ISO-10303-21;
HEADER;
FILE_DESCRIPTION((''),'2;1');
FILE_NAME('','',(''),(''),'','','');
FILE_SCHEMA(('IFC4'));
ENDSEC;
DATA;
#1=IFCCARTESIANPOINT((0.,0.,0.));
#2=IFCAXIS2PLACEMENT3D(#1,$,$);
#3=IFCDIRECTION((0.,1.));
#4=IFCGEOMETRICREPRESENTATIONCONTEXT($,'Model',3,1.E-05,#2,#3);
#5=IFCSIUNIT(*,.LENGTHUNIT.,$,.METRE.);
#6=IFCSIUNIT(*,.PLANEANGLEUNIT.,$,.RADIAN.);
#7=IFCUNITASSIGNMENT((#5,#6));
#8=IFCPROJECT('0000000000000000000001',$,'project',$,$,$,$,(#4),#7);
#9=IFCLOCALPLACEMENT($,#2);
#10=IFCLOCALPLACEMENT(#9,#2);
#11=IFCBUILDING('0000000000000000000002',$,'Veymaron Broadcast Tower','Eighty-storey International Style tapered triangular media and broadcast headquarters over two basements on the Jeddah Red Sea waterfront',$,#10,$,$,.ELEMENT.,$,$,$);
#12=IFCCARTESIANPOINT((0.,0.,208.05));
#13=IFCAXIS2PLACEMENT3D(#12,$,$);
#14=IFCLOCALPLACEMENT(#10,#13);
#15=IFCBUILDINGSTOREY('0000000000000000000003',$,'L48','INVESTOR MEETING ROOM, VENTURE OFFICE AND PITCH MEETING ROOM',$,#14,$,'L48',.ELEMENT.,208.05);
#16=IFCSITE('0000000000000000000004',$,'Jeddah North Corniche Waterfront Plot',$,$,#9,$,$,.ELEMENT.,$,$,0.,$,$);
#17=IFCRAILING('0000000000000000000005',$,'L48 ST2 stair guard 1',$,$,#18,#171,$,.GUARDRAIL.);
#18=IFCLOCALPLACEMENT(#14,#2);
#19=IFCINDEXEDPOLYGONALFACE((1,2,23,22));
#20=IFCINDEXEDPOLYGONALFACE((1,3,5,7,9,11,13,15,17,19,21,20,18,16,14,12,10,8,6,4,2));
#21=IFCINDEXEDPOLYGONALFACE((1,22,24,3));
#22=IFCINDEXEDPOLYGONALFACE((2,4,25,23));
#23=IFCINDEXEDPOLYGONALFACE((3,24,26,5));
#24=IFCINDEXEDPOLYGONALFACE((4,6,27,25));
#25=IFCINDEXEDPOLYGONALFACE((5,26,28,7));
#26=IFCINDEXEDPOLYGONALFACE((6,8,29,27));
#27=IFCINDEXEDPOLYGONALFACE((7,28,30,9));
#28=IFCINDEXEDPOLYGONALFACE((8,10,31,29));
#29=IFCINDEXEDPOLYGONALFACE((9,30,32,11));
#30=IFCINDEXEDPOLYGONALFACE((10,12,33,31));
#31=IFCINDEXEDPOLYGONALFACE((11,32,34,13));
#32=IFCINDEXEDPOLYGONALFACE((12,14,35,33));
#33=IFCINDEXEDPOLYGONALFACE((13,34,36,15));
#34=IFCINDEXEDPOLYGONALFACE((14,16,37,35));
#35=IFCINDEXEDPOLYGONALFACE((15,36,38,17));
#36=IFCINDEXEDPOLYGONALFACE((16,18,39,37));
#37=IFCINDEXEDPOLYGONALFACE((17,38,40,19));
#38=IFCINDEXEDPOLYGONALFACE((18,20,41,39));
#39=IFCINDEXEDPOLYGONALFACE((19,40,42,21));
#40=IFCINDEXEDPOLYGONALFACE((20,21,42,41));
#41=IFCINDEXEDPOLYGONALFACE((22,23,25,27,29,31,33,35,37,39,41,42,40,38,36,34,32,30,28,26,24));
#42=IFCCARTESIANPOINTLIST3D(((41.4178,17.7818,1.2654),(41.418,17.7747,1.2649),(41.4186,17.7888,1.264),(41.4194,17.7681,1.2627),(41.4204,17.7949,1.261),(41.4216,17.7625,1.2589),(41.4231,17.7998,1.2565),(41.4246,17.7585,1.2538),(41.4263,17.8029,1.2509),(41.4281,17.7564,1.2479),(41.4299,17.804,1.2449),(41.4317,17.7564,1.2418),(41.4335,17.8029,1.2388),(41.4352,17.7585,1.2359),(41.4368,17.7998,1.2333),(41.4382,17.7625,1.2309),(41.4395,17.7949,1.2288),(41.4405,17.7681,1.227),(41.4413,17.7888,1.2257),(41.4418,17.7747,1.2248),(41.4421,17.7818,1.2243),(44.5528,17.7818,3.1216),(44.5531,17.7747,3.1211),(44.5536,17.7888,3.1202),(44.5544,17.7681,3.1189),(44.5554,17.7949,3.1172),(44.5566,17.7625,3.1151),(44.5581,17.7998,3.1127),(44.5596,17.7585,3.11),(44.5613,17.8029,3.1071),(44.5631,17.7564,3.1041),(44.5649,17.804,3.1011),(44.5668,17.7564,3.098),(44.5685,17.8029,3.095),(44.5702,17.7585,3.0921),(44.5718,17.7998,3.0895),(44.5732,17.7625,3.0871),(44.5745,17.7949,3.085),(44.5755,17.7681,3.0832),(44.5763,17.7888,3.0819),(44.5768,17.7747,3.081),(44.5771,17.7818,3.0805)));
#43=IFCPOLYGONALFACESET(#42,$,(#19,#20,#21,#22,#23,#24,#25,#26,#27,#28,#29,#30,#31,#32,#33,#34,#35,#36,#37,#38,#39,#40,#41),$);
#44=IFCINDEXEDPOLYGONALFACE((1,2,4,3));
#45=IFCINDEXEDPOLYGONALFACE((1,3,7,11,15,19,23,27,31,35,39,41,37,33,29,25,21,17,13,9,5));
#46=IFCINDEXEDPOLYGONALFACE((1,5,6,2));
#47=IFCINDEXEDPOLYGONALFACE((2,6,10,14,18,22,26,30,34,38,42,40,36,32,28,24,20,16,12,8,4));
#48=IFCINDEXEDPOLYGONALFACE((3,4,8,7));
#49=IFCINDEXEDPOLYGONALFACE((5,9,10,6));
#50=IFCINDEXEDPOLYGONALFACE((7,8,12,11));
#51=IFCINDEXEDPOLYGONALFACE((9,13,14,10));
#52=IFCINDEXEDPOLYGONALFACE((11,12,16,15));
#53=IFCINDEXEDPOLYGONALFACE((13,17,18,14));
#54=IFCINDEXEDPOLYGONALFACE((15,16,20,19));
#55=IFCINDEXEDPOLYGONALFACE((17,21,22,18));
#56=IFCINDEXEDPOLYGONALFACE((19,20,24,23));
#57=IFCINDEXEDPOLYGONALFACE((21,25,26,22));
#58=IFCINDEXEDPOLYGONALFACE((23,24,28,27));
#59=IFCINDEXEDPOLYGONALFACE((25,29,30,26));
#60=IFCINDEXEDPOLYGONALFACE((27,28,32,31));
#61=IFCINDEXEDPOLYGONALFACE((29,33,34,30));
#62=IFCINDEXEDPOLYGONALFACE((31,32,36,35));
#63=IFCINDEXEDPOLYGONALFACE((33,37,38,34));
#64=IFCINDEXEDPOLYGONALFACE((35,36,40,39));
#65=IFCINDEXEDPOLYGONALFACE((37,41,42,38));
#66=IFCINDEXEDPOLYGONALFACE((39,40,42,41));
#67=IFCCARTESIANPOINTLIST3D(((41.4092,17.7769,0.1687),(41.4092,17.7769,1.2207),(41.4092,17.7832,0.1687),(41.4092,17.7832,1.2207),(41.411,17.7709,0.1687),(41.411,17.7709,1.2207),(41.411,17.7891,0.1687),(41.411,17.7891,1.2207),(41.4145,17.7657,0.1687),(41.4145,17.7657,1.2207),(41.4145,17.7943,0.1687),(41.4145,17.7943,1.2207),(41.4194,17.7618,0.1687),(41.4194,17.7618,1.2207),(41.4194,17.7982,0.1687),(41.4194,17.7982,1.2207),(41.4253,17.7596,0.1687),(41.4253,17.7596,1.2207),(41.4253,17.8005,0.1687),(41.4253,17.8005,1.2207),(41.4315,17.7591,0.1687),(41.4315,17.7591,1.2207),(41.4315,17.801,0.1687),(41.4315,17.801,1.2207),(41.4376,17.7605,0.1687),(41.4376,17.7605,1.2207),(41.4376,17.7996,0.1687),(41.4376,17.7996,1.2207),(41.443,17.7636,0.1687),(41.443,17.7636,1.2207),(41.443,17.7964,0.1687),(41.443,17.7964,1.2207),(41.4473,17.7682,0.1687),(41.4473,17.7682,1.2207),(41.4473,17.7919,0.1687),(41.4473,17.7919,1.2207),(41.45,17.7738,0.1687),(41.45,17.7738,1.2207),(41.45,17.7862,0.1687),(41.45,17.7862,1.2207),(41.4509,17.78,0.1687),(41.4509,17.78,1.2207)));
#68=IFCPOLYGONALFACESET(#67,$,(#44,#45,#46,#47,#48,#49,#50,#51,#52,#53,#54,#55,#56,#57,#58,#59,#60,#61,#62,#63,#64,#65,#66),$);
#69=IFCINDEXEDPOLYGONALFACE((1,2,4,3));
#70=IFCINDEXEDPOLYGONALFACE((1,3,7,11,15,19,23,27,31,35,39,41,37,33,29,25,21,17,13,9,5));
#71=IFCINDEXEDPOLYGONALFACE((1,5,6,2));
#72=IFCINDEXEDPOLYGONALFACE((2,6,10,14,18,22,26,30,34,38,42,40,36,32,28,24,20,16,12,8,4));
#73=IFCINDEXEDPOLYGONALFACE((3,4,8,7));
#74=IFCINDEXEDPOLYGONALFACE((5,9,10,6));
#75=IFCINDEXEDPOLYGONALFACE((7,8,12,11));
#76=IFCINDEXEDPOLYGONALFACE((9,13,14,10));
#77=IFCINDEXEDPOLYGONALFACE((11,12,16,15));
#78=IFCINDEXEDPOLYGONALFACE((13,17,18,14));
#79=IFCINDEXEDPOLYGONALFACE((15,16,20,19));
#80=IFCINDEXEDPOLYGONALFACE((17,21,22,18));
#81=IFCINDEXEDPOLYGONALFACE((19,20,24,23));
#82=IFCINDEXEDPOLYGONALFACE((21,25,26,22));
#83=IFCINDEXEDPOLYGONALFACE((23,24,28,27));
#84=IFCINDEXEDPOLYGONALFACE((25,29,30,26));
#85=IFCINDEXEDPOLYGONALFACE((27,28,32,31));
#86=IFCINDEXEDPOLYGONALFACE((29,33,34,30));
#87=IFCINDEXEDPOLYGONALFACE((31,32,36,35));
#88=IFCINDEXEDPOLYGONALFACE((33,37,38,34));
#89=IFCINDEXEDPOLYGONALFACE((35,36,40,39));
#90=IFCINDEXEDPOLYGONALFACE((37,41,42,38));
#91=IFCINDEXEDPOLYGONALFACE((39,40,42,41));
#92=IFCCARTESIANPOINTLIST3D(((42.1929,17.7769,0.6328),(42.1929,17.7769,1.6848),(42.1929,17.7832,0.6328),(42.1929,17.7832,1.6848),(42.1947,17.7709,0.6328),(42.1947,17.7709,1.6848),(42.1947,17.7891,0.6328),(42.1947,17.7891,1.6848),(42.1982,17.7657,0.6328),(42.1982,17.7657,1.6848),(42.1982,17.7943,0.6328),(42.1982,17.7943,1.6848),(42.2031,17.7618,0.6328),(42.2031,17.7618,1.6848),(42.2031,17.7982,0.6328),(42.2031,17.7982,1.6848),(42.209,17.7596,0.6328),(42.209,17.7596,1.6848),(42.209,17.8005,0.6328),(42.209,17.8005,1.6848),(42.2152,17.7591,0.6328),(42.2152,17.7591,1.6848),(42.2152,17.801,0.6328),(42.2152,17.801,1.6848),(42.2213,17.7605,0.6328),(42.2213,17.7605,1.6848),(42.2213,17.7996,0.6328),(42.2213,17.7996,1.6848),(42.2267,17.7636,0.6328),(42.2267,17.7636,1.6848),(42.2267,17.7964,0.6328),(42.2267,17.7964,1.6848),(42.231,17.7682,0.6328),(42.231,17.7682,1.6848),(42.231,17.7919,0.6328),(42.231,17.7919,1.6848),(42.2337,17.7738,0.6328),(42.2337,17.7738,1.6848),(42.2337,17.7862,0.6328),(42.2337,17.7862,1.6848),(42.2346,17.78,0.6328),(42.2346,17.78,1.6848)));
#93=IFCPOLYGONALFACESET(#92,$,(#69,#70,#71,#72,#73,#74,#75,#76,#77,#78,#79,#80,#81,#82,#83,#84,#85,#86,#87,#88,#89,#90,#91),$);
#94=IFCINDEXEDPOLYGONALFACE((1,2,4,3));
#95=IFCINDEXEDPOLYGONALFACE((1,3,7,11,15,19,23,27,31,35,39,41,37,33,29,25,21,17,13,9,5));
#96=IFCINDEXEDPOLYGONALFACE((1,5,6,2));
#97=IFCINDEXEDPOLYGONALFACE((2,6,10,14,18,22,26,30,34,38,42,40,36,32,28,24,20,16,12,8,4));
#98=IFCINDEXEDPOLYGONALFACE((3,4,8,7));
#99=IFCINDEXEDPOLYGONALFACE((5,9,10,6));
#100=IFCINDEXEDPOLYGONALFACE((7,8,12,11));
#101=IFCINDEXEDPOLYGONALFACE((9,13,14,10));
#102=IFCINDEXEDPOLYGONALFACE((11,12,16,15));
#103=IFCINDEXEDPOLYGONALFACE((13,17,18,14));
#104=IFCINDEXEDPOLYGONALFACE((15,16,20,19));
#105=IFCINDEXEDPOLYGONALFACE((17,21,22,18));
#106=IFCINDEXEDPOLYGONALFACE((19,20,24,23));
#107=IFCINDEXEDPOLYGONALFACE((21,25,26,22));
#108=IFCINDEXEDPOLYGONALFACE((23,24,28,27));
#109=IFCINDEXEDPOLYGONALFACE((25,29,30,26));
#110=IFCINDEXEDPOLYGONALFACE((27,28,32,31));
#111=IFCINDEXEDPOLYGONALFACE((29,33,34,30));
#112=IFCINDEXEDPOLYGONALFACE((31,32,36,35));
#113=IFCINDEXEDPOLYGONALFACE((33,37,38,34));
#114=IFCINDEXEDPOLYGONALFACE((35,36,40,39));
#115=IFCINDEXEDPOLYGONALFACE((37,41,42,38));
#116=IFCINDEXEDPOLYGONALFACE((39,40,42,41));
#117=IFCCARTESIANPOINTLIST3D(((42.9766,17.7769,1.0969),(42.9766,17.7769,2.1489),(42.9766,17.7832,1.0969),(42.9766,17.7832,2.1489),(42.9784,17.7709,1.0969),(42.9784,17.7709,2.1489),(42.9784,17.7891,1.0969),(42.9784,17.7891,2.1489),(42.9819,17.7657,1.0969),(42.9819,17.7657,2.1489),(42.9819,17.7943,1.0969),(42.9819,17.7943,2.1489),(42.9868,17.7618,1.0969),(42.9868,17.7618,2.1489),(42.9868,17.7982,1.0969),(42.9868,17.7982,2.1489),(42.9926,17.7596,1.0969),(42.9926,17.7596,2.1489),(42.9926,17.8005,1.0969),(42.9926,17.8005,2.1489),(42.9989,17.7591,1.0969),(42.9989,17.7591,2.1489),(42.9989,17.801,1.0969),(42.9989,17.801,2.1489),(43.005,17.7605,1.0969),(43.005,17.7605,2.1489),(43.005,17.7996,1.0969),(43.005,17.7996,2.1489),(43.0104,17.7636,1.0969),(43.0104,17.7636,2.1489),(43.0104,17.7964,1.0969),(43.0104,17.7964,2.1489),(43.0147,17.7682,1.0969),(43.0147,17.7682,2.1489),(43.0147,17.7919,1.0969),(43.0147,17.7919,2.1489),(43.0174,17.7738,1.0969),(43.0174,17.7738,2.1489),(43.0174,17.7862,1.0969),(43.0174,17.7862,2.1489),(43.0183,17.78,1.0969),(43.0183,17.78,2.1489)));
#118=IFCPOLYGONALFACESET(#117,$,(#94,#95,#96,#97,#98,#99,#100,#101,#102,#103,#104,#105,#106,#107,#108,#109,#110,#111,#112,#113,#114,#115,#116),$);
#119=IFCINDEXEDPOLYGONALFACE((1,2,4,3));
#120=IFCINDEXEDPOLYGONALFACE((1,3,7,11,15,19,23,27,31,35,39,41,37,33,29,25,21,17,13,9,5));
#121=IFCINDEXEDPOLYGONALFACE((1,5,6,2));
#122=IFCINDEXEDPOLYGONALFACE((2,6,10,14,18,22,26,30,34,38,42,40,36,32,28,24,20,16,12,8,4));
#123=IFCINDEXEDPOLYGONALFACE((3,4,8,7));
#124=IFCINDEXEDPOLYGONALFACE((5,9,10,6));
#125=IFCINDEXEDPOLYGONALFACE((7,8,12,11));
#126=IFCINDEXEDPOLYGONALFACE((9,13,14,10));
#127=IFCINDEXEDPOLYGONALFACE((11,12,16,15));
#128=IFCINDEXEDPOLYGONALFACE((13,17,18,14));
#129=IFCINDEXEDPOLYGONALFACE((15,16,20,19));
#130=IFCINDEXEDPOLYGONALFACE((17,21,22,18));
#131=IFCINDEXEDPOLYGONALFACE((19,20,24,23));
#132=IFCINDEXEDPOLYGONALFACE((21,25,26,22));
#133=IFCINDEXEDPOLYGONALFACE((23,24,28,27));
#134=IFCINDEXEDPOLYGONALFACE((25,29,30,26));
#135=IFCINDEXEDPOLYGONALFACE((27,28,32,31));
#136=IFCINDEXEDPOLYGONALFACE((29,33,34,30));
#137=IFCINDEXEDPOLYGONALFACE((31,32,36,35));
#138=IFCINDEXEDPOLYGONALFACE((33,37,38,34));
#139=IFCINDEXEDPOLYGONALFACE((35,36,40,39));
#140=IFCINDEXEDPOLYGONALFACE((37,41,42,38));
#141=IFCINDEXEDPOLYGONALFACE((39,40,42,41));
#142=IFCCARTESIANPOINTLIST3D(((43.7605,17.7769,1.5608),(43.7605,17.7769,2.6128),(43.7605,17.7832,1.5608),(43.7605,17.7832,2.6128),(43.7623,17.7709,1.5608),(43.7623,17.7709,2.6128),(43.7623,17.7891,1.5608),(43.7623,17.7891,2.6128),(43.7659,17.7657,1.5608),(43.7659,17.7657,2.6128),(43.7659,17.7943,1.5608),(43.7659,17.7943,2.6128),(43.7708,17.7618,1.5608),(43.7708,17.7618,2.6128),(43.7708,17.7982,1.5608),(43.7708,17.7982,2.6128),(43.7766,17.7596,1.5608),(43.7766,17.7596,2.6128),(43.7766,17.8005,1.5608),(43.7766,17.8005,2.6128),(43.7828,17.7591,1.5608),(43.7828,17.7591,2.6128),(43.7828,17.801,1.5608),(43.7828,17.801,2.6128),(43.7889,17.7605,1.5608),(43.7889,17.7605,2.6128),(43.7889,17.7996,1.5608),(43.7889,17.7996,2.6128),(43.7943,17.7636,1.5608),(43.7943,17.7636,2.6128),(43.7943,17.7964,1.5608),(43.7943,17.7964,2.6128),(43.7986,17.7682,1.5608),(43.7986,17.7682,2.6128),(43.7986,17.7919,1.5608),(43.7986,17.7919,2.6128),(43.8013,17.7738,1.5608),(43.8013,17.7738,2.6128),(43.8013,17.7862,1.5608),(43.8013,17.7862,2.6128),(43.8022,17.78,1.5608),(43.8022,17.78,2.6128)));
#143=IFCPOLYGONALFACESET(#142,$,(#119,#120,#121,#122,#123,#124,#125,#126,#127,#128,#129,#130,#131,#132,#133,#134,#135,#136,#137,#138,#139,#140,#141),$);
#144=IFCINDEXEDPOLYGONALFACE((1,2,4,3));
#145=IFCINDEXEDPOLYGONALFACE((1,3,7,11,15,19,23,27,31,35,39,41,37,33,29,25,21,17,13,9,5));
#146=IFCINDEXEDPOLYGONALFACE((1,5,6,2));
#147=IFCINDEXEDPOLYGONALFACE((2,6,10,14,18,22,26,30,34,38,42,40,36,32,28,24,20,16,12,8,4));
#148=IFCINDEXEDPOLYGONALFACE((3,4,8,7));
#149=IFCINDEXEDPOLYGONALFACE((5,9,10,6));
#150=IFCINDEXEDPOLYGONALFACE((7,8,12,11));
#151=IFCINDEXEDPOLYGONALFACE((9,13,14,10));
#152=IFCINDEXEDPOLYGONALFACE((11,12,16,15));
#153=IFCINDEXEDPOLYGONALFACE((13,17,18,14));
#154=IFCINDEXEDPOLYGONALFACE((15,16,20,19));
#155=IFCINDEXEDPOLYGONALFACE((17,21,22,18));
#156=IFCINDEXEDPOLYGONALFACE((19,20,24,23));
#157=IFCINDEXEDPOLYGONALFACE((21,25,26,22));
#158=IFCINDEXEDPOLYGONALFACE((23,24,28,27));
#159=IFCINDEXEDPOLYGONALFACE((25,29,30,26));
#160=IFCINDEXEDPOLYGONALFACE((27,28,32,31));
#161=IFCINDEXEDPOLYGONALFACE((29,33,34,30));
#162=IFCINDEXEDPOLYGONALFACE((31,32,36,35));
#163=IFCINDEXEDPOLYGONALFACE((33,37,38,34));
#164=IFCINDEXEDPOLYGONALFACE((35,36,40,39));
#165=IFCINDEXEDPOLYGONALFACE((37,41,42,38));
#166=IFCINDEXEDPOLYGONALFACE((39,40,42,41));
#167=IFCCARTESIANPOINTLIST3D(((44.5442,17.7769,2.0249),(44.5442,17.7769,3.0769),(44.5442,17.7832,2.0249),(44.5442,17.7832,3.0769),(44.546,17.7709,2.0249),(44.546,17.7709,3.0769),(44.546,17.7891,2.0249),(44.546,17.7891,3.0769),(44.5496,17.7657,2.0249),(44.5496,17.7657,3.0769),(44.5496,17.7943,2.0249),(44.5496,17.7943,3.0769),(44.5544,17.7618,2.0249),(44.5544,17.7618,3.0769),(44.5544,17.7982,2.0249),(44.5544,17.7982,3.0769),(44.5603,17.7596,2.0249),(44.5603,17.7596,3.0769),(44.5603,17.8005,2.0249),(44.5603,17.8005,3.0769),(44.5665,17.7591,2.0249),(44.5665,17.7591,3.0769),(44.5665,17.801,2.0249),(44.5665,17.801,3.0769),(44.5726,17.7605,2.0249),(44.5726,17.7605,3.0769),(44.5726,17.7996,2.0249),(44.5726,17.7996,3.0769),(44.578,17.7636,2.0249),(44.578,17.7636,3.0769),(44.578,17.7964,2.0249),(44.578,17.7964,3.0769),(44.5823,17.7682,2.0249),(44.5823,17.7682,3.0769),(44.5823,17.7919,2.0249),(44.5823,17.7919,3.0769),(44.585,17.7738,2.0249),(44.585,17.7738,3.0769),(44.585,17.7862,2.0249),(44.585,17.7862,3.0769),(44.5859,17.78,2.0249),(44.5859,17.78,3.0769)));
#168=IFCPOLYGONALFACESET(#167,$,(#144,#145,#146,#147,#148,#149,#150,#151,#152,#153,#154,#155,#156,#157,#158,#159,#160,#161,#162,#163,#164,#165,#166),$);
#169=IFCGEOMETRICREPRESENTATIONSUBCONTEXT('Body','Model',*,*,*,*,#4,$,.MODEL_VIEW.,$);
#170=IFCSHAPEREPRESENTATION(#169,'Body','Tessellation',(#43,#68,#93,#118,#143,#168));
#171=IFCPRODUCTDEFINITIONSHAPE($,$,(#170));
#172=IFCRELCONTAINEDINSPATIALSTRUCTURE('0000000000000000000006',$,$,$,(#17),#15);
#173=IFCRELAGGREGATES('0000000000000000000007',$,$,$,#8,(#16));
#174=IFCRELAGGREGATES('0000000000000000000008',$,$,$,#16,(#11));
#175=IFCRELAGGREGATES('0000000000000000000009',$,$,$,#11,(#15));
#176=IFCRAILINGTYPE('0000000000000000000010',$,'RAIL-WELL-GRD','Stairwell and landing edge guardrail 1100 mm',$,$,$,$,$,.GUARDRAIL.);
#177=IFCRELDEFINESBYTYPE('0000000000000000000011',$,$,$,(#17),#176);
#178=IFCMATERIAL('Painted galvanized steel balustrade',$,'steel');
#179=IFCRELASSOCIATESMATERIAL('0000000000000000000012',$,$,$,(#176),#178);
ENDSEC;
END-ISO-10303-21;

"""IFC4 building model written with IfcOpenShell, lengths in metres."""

from ifc_helpers import new_model, si_unit, direction, frame, origin, origin_2d, place, context, subcontext, project, spatial, circle, extrude, material, type_object, element, save


model = new_model("IFC4")

# Units and contexts
model_context = context("Model", 3, precision=1e-05, world=origin(), true_north=direction((0.0, 1.0)))
body_context = subcontext(model_context, "Body", "Model", "MODEL_VIEW")
ifc_project = project(units=[si_unit("LENGTHUNIT", "METRE"), si_unit("PLANEANGLEUNIT", "RADIAN")], contexts=[model_context])

# Site, building, storey
site_placement = place(None, origin())
site = spatial("IfcSite", under=ifc_project, at=site_placement, Name="Jeddah North Corniche Waterfront Plot", CompositionType="ELEMENT", RefElevation=0.0)
building_placement = place(site_placement, origin())
building = spatial("IfcBuilding", under=site, at=building_placement, Name="Veymaron Broadcast Tower", Description="Eighty-storey International Style tapered triangular media and broadcast headquarters over two basements on the Jeddah Red Sea waterfront", CompositionType="ELEMENT")
storey_placement = place(building_placement, frame((0.0, 0.0, 208.05)))
storey = spatial("IfcBuildingStorey", under=building, at=storey_placement, Name="L48", Description="INVESTOR MEETING ROOM, VENTURE OFFICE AND PITCH MEETING ROOM", LongName="L48", CompositionType="ELEMENT", Elevation=208.05)

# Railing
ifc_material_1 = material(Name="Painted galvanized steel balustrade", Category="steel")
railing_type_1 = type_object("IfcRailingType", Name="RAIL-WELL-GRD", Description="Stairwell and landing edge guardrail 1100 mm", PredefinedType="GUARDRAIL", material=ifc_material_1)
railing_1_placement = place(storey_placement, frame((41.4299, 17.78, 0.1687)))
element("IfcRailing", 1, at=railing_1_placement, inside=storey, type_object=railing_type_1, Name="L48 ST2 stair guard 1", PredefinedType="GUARDRAIL", context=body_context, shape_type="SweptSolid", body=[
    extrude(circle(Radius=0.0239, at=origin_2d()), frame((0.0, 0.0, 1.0762), z_axis=(0.860482, 0.0, 0.509481), x_axis=(0.0, 1.0, 0.0)), (0.0, 0.0, 1.0), 3.6433),
    extrude(circle(Radius=0.021, at=origin_2d()), origin(), (0.0, 0.0, 1.0), 1.052),
    extrude(circle(Radius=0.021, at=origin_2d()), frame((0.7837, 0.0, 0.4641)), (0.0, 0.0, 1.0), 1.052),
    extrude(circle(Radius=0.021, at=origin_2d()), frame((1.5674, 0.0, 0.9282)), (0.0, 0.0, 1.0), 1.052),
    extrude(circle(Radius=0.021, at=origin_2d()), frame((2.3513, 0.0, 1.3921)), (0.0, 0.0, 1.0), 1.052),
    extrude(circle(Radius=0.021, at=origin_2d()), frame((3.135, 0.0, 1.8562)), (0.0, 0.0, 1.0), 1.052),
])

save(model, "model.ifc")
